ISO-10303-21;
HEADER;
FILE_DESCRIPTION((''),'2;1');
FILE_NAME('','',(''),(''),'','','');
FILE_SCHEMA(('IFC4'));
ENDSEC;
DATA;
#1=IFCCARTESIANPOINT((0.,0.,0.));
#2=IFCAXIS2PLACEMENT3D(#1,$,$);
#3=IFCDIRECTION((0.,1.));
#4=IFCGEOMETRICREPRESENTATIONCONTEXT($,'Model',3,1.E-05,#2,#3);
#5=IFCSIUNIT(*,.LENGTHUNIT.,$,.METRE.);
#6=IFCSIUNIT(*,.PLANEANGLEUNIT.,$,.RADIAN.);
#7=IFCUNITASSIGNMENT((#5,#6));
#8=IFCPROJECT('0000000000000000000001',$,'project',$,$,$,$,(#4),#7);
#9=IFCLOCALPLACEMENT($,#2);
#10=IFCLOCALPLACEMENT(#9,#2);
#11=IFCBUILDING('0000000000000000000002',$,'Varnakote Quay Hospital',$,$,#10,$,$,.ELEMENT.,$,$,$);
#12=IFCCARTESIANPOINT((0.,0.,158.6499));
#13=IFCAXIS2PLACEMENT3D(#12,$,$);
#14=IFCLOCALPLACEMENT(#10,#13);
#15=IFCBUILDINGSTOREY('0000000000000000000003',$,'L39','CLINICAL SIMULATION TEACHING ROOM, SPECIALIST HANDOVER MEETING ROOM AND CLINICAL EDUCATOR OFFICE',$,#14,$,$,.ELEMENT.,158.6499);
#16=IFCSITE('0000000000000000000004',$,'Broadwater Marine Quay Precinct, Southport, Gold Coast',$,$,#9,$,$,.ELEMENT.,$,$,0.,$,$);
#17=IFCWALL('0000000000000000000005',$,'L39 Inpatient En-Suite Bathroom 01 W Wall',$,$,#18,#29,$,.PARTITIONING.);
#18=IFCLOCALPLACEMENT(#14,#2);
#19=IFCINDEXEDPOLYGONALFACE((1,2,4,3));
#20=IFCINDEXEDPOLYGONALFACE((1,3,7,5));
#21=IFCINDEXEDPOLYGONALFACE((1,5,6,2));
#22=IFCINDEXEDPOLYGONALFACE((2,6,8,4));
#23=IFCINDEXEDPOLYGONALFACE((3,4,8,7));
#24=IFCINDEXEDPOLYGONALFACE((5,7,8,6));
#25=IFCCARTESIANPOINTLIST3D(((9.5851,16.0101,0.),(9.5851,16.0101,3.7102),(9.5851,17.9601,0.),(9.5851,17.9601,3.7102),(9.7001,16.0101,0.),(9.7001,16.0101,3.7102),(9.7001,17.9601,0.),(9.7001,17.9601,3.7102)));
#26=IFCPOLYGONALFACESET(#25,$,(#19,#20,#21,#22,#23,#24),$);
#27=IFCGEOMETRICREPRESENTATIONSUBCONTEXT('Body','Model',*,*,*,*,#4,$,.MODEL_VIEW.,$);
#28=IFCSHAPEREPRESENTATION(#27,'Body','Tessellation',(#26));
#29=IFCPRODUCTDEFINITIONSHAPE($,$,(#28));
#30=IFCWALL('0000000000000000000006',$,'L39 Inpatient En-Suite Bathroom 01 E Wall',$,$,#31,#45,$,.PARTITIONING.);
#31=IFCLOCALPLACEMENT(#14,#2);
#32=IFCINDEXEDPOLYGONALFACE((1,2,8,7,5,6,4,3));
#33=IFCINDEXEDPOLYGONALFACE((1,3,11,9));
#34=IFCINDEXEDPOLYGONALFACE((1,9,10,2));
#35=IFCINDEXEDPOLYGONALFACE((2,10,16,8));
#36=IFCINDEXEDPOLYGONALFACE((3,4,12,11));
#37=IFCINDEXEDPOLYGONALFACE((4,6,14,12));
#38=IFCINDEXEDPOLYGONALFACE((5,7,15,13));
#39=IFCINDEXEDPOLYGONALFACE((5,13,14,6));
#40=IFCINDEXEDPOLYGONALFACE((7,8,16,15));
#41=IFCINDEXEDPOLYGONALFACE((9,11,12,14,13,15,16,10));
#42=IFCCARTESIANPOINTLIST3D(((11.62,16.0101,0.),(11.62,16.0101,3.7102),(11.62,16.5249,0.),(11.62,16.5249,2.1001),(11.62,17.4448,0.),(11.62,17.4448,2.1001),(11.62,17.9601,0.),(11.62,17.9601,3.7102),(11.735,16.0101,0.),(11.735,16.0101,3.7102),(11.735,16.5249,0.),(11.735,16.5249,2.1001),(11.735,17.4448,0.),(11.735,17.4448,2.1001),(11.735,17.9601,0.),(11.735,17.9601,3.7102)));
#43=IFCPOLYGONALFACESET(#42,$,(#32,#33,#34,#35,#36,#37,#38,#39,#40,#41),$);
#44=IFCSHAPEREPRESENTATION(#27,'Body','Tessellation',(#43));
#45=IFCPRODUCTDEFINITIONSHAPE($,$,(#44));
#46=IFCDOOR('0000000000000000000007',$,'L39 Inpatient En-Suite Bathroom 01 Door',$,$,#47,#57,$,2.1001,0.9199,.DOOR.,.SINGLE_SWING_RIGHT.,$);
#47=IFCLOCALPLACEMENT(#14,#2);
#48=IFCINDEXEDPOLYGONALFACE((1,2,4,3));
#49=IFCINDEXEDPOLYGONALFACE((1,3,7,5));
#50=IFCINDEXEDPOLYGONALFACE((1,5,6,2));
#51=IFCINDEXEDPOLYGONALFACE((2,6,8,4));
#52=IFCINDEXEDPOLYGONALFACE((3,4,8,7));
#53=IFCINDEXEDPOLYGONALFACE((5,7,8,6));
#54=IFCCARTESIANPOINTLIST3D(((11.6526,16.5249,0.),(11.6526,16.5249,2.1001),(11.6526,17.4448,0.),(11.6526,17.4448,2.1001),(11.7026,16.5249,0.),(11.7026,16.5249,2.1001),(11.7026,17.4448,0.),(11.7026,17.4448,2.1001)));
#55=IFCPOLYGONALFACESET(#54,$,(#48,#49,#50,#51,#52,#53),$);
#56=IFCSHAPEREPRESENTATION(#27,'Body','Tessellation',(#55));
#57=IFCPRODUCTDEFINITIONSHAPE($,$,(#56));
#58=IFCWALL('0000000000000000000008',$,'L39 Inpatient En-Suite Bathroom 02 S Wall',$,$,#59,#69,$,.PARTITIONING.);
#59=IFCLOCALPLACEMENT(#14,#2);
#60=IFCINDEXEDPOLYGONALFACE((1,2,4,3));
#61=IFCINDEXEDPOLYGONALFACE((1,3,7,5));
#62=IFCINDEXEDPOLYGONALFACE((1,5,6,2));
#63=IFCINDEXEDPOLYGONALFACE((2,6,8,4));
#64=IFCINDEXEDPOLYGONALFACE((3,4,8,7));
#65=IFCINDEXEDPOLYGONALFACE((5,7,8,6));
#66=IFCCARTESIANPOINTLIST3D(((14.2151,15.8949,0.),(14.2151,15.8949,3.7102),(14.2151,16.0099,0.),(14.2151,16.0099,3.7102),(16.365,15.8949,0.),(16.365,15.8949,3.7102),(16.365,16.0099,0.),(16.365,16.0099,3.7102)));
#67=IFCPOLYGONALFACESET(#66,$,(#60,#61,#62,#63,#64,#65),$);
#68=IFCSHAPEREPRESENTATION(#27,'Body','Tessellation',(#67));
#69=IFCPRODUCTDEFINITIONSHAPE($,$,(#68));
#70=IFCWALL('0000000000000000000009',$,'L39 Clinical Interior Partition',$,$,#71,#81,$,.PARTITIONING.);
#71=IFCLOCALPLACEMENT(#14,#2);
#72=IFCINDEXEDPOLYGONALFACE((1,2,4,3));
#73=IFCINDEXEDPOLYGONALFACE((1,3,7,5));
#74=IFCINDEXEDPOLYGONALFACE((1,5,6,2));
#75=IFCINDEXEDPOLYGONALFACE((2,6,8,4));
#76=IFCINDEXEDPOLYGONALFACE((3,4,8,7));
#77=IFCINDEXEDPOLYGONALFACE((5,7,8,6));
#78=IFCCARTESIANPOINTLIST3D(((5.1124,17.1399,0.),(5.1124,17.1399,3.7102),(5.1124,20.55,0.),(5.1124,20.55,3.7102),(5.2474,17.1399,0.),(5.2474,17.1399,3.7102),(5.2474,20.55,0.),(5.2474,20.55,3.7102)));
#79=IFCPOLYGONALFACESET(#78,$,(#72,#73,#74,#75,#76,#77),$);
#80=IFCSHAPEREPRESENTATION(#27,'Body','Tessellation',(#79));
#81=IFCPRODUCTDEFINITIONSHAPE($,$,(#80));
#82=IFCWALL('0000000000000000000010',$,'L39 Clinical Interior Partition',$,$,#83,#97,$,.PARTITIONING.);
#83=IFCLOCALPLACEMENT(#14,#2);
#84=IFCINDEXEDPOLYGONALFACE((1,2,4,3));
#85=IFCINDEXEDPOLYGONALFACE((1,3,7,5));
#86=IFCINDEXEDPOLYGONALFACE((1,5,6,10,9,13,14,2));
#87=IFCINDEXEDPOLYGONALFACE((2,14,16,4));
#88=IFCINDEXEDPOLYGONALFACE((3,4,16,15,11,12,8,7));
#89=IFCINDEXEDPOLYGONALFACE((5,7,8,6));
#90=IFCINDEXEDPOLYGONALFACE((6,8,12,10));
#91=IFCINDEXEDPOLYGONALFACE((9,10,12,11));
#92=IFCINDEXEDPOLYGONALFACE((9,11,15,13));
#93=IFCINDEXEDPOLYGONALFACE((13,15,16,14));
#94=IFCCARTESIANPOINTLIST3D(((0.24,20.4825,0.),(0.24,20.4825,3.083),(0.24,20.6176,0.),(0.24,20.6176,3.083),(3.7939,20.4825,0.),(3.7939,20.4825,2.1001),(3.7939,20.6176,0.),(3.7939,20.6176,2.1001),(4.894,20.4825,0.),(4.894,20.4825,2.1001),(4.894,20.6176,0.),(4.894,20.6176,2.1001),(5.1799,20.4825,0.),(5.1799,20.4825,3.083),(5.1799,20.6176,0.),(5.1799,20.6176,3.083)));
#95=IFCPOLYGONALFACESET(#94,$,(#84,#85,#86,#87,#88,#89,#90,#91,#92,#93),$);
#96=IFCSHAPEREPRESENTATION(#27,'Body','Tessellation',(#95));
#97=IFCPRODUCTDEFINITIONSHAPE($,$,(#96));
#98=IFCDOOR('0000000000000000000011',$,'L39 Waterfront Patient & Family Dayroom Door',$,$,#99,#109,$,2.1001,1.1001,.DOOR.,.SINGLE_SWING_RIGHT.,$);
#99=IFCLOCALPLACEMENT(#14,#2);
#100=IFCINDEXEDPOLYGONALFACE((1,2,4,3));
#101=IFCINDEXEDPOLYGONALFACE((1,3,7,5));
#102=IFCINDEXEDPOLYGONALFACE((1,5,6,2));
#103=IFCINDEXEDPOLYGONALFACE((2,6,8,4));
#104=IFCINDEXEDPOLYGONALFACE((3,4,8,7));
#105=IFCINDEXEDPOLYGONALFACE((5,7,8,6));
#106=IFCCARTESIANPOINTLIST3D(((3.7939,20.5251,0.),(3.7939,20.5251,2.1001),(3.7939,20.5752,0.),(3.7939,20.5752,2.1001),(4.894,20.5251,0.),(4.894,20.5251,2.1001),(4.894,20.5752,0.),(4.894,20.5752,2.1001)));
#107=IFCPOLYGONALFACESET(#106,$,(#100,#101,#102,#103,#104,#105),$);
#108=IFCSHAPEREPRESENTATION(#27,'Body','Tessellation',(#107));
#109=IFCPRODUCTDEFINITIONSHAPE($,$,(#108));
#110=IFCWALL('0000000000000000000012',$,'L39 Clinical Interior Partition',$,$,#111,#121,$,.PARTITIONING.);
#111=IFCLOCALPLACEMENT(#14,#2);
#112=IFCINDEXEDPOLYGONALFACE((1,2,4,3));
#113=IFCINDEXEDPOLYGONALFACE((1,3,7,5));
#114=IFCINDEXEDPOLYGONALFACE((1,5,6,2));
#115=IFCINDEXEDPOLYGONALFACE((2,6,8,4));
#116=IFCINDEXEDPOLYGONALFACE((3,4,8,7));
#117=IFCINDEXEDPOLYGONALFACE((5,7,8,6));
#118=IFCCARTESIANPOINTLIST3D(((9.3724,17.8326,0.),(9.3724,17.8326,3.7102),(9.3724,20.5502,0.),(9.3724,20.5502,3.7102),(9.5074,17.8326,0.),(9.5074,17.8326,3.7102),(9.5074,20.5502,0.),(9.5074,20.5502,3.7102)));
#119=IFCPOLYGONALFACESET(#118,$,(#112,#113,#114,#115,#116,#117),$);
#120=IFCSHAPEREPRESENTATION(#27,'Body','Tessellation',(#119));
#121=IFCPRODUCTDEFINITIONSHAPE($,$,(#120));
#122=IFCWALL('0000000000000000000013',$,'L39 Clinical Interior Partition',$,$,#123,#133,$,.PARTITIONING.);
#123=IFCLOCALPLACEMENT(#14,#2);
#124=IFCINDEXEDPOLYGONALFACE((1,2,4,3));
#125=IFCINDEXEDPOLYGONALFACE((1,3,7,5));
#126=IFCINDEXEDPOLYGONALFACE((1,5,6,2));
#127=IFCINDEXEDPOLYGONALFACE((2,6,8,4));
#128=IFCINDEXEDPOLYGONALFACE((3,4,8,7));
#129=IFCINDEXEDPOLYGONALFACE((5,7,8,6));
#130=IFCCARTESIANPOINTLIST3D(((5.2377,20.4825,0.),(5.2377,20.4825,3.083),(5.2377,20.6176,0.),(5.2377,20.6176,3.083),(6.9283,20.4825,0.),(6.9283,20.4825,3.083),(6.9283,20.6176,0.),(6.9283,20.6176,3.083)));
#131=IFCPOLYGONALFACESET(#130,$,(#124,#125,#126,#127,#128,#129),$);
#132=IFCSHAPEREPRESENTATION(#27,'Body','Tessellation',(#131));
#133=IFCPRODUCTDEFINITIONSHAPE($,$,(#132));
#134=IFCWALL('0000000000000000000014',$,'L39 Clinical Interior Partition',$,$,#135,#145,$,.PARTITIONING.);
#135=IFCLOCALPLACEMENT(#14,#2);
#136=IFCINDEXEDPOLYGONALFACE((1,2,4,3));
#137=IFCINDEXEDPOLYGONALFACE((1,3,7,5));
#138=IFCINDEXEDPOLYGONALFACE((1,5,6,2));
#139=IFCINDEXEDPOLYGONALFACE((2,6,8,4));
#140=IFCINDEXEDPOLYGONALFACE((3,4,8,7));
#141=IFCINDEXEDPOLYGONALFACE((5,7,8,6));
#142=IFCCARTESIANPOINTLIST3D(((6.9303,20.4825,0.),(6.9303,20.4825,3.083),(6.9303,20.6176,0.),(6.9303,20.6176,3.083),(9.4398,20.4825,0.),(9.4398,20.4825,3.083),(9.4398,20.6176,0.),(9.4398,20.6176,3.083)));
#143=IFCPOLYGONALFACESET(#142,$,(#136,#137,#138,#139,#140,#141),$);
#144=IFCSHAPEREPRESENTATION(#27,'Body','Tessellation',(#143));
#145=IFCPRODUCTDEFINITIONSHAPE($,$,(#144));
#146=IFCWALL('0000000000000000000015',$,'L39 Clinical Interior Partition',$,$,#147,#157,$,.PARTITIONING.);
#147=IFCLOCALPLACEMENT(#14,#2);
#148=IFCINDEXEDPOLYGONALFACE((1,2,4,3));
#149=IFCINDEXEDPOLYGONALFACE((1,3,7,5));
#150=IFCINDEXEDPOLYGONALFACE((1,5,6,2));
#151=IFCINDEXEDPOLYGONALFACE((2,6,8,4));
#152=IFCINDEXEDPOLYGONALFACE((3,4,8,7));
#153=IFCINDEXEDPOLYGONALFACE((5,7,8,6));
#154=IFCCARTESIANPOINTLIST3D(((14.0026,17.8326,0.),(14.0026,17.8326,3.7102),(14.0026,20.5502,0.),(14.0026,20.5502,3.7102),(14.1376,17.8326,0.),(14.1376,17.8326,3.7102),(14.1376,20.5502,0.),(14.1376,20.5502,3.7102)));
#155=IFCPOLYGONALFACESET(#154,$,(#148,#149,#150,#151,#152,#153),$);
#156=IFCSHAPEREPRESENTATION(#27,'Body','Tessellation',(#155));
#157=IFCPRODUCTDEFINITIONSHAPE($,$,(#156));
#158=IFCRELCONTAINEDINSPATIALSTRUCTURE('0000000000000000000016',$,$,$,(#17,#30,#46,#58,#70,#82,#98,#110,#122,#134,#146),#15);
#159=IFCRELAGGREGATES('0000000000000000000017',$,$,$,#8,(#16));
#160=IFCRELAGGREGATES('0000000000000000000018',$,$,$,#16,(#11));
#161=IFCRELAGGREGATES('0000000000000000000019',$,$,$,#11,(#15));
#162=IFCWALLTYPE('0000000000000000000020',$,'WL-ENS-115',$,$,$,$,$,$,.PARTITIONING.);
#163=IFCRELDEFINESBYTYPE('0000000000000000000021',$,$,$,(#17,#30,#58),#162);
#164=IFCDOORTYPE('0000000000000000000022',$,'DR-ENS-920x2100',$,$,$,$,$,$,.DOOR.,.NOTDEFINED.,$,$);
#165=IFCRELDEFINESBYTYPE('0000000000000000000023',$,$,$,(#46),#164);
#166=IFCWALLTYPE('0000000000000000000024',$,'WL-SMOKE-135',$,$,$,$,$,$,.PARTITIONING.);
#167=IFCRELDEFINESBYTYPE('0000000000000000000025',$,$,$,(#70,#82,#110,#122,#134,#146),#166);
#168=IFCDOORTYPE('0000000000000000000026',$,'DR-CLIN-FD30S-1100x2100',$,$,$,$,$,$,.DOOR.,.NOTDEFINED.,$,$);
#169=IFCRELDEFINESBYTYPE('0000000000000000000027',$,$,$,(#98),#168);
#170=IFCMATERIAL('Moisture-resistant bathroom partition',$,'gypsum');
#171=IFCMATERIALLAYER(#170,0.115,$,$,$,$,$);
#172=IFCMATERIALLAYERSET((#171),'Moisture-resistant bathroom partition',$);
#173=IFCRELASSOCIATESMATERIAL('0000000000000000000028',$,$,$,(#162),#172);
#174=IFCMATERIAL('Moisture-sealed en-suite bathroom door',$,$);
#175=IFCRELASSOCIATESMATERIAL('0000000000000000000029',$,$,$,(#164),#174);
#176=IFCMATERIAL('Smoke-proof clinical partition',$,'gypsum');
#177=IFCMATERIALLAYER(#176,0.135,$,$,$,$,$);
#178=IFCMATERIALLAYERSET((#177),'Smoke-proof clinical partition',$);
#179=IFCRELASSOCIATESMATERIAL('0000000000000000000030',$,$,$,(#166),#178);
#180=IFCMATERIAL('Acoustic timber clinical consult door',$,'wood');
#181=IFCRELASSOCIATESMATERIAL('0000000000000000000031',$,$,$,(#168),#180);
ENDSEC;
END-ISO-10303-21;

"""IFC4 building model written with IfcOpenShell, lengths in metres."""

from ifc_helpers import new_model, si_unit, direction, frame, frame_2d, origin, place, context, subcontext, project, spatial, rectangle, extrude, material, layer, layer_set, type_object, element, fill, save


model = new_model("IFC4")

# Units and contexts
model_context = context("Model", 3, precision=1e-05, world=origin(), true_north=direction((0.0, 1.0)))
body_context = subcontext(model_context, "Body", "Model", "MODEL_VIEW")
ifc_project = project(units=[si_unit("LENGTHUNIT", "METRE"), si_unit("PLANEANGLEUNIT", "RADIAN")], contexts=[model_context])

# Site, building, storey
site_placement = place(None, origin())
site = spatial("IfcSite", under=ifc_project, at=site_placement, Name="Broadwater Marine Quay Precinct, Southport, Gold Coast", CompositionType="ELEMENT", RefElevation=0.0)
building_placement = place(site_placement, origin())
building = spatial("IfcBuilding", under=site, at=building_placement, Name="Varnakote Quay Hospital", CompositionType="ELEMENT")
storey_placement = place(building_placement, frame((0.0, 0.0, 158.6499)))
storey = spatial("IfcBuildingStorey", under=building, at=storey_placement, Name="L39", Description="CLINICAL SIMULATION TEACHING ROOM, SPECIALIST HANDOVER MEETING ROOM AND CLINICAL EDUCATOR OFFICE", CompositionType="ELEMENT", Elevation=158.6499)

# Wall
ifc_material_1 = material(Name="Moisture-resistant bathroom partition", Category="gypsum")
ifc_layer_1 = layer(ifc_material_1, 0.115)
ifc_layer_set_1 = layer_set([ifc_layer_1], Name="Moisture-resistant bathroom partition")
wall_type_1 = type_object("IfcWallType", Name="WL-ENS-115", PredefinedType="PARTITIONING", material=ifc_layer_set_1)
wall_1_placement = place(storey_placement, frame((9.6426, 16.01, 0.0), z_axis=(0.0, 0.0, 1.0), x_axis=(0.0, 1.0, 0.0)))
element("IfcWall", 1, at=wall_1_placement, inside=storey, type_object=wall_type_1, Name="L39 Inpatient En-Suite Bathroom 01 W Wall", PredefinedType="PARTITIONING", context=body_context, shape_type="SweptSolid", body=[
    extrude(rectangle(XDim=1.95, YDim=0.115, at=frame_2d((0.9751, 0.0))), origin(), (0.0, 0.0, 1.0), 3.7102),
])

# Wall, opening, door
wall_2_placement = place(storey_placement, frame((11.6775, 16.01, 0.0), z_axis=(0.0, 0.0, 1.0), x_axis=(0.0, 1.0, 0.0)))
wall_2 = element("IfcWall", 2, at=wall_2_placement, inside=storey, type_object=wall_type_1, Name="L39 Inpatient En-Suite Bathroom 01 E Wall", PredefinedType="PARTITIONING", context=body_context, shape_type="SweptSolid", body=[
    extrude(rectangle(XDim=1.95, YDim=0.115, at=frame_2d((0.9751, 0.0))), origin(), (0.0, 0.0, 1.0), 3.7102),
])
opening_1_placement = place(wall_2_placement, frame((0.5149, 0.0, 0.0)))
opening_1 = element("IfcOpeningElement", 3, at=opening_1_placement, cuts=wall_2, PredefinedType="OPENING", context=body_context, shape_type="SweptSolid", body=[
    extrude(rectangle(XDim=0.9199, YDim=2.1001, at=frame_2d((0.46, 1.05))), frame((0.0, 0.0674, 0.0), z_axis=(0.0, -1.0, 0.0), x_axis=(1.0, 0.0, 0.0)), (0.0, 0.0, 1.0), 0.135),
])
ifc_material_2 = material(Name="Moisture-sealed en-suite bathroom door")
door_type_1 = type_object("IfcDoorType", Name="DR-ENS-920x2100", OperationType="NOTDEFINED", PredefinedType="DOOR", material=ifc_material_2)
door_1_placement = place(opening_1_placement, origin())
door_1 = element("IfcDoor", 4, at=door_1_placement, inside=storey, type_object=door_type_1, Name="L39 Inpatient En-Suite Bathroom 01 Door", OperationType="SINGLE_SWING_RIGHT", OverallHeight=2.1001, OverallWidth=0.9199, PredefinedType="DOOR", context=body_context, shape_type="SweptSolid", body=[
    extrude(rectangle(XDim=0.9199, YDim=2.1001, at=frame_2d((0.46, 1.05))), frame((0.0, 0.0249, 0.0), z_axis=(0.0, -1.0, 0.0), x_axis=(1.0, 0.0, 0.0)), (0.0, 0.0, 1.0), 0.05),
])
fill(opening_1, door_1)

# Walls
wall_3_placement = place(storey_placement, frame((14.2151, 15.9524, 0.0), z_axis=(0.0, 0.0, 1.0), x_axis=(1.0, 0.0, 0.0)))
element("IfcWall", 5, at=wall_3_placement, inside=storey, type_object=wall_type_1, Name="L39 Inpatient En-Suite Bathroom 02 S Wall", PredefinedType="PARTITIONING", context=body_context, shape_type="SweptSolid", body=[
    extrude(rectangle(XDim=2.1499, YDim=0.115, at=frame_2d((1.075, 0.0))), origin(), (0.0, 0.0, 1.0), 3.7102),
])
ifc_material_3 = material(Name="Smoke-proof clinical partition", Category="gypsum")
ifc_layer_2 = layer(ifc_material_3, 0.135)
ifc_layer_set_2 = layer_set([ifc_layer_2], Name="Smoke-proof clinical partition")
wall_type_2 = type_object("IfcWallType", Name="WL-SMOKE-135", PredefinedType="PARTITIONING", material=ifc_layer_set_2)
wall_4_placement = place(storey_placement, frame((5.1799, 17.1399, 0.0), z_axis=(0.0, 0.0, 1.0), x_axis=(0.0, 1.0, 0.0)))
element("IfcWall", 6, at=wall_4_placement, inside=storey, type_object=wall_type_2, Name="L39 Clinical Interior Partition", PredefinedType="PARTITIONING", context=body_context, shape_type="SweptSolid", body=[
    extrude(rectangle(XDim=3.4102, YDim=0.135, at=frame_2d((1.7051, 0.0))), origin(), (0.0, 0.0, 1.0), 3.7102),
])

# Wall, opening, door
wall_5_placement = place(storey_placement, frame((5.1799, 20.55, 0.0), z_axis=(0.0, 0.0, 1.0), x_axis=(-1.0, 0.0, 0.0)))
wall_5 = element("IfcWall", 7, at=wall_5_placement, inside=storey, type_object=wall_type_2, Name="L39 Clinical Interior Partition", PredefinedType="PARTITIONING", context=body_context, shape_type="SweptSolid", body=[
    extrude(rectangle(XDim=4.9399, YDim=0.135, at=frame_2d((2.47, 0.0))), origin(), (0.0, 0.0, 1.0), 3.083),
])
opening_2_placement = place(wall_5_placement, frame((0.2859, 0.0, 0.0)))
opening_2 = element("IfcOpeningElement", 8, at=opening_2_placement, cuts=wall_5, PredefinedType="OPENING", context=body_context, shape_type="SweptSolid", body=[
    extrude(rectangle(XDim=1.1001, YDim=2.1001, at=frame_2d((0.55, 1.05))), frame((0.0, 0.0774, 0.0), z_axis=(0.0, -1.0, 0.0), x_axis=(1.0, 0.0, 0.0)), (0.0, 0.0, 1.0), 0.155),
])
ifc_material_4 = material(Name="Acoustic timber clinical consult door", Category="wood")
door_type_2 = type_object("IfcDoorType", Name="DR-CLIN-FD30S-1100x2100", OperationType="NOTDEFINED", PredefinedType="DOOR", material=ifc_material_4)
door_2_placement = place(opening_2_placement, origin())
door_2 = element("IfcDoor", 9, at=door_2_placement, inside=storey, type_object=door_type_2, Name="L39 Waterfront Patient & Family Dayroom Door", OperationType="SINGLE_SWING_RIGHT", OverallHeight=2.1001, OverallWidth=1.1001, PredefinedType="DOOR", context=body_context, shape_type="SweptSolid", body=[
    extrude(rectangle(XDim=1.1001, YDim=2.1001, at=frame_2d((0.55, 1.05))), frame((0.0, 0.0249, 0.0), z_axis=(0.0, -1.0, 0.0), x_axis=(1.0, 0.0, 0.0)), (0.0, 0.0, 1.0), 0.05),
])
fill(opening_2, door_2)

# Walls
wall_6_placement = place(storey_placement, frame((9.4399, 17.8325, 0.0), z_axis=(0.0, 0.0, 1.0), x_axis=(0.0, 1.0, 0.0)))
element("IfcWall", 10, at=wall_6_placement, inside=storey, type_object=wall_type_2, Name="L39 Clinical Interior Partition", PredefinedType="PARTITIONING", context=body_context, shape_type="SweptSolid", body=[
    extrude(rectangle(XDim=2.7175, YDim=0.135, at=frame_2d((1.3589, 0.0))), origin(), (0.0, 0.0, 1.0), 3.7102),
])
wall_7_placement = place(storey_placement, frame((6.9282, 20.55, 0.0), z_axis=(0.0, 0.0, 1.0), x_axis=(-1.0, 0.0, 0.0)))
element("IfcWall", 11, at=wall_7_placement, inside=storey, type_object=wall_type_2, Name="L39 Clinical Interior Partition", PredefinedType="PARTITIONING", context=body_context, shape_type="SweptSolid", body=[
    extrude(rectangle(XDim=1.6907, YDim=0.135, at=frame_2d((0.8452, 0.0))), origin(), (0.0, 0.0, 1.0), 3.083),
])
wall_8_placement = place(storey_placement, frame((9.4399, 20.55, 0.0), z_axis=(0.0, 0.0, 1.0), x_axis=(-1.0, 0.0, 0.0)))
element("IfcWall", 12, at=wall_8_placement, inside=storey, type_object=wall_type_2, Name="L39 Clinical Interior Partition", PredefinedType="PARTITIONING", context=body_context, shape_type="SweptSolid", body=[
    extrude(rectangle(XDim=2.5095, YDim=0.135, at=frame_2d((1.2549, 0.0))), origin(), (0.0, 0.0, 1.0), 3.083),
])
wall_9_placement = place(storey_placement, frame((14.0701, 17.8325, 0.0), z_axis=(0.0, 0.0, 1.0), x_axis=(0.0, 1.0, 0.0)))
element("IfcWall", 13, at=wall_9_placement, inside=storey, type_object=wall_type_2, Name="L39 Clinical Interior Partition", PredefinedType="PARTITIONING", context=body_context, shape_type="SweptSolid", body=[
    extrude(rectangle(XDim=2.7175, YDim=0.135, at=frame_2d((1.3589, 0.0))), origin(), (0.0, 0.0, 1.0), 3.7102),
])

save(model, "model.ifc")
